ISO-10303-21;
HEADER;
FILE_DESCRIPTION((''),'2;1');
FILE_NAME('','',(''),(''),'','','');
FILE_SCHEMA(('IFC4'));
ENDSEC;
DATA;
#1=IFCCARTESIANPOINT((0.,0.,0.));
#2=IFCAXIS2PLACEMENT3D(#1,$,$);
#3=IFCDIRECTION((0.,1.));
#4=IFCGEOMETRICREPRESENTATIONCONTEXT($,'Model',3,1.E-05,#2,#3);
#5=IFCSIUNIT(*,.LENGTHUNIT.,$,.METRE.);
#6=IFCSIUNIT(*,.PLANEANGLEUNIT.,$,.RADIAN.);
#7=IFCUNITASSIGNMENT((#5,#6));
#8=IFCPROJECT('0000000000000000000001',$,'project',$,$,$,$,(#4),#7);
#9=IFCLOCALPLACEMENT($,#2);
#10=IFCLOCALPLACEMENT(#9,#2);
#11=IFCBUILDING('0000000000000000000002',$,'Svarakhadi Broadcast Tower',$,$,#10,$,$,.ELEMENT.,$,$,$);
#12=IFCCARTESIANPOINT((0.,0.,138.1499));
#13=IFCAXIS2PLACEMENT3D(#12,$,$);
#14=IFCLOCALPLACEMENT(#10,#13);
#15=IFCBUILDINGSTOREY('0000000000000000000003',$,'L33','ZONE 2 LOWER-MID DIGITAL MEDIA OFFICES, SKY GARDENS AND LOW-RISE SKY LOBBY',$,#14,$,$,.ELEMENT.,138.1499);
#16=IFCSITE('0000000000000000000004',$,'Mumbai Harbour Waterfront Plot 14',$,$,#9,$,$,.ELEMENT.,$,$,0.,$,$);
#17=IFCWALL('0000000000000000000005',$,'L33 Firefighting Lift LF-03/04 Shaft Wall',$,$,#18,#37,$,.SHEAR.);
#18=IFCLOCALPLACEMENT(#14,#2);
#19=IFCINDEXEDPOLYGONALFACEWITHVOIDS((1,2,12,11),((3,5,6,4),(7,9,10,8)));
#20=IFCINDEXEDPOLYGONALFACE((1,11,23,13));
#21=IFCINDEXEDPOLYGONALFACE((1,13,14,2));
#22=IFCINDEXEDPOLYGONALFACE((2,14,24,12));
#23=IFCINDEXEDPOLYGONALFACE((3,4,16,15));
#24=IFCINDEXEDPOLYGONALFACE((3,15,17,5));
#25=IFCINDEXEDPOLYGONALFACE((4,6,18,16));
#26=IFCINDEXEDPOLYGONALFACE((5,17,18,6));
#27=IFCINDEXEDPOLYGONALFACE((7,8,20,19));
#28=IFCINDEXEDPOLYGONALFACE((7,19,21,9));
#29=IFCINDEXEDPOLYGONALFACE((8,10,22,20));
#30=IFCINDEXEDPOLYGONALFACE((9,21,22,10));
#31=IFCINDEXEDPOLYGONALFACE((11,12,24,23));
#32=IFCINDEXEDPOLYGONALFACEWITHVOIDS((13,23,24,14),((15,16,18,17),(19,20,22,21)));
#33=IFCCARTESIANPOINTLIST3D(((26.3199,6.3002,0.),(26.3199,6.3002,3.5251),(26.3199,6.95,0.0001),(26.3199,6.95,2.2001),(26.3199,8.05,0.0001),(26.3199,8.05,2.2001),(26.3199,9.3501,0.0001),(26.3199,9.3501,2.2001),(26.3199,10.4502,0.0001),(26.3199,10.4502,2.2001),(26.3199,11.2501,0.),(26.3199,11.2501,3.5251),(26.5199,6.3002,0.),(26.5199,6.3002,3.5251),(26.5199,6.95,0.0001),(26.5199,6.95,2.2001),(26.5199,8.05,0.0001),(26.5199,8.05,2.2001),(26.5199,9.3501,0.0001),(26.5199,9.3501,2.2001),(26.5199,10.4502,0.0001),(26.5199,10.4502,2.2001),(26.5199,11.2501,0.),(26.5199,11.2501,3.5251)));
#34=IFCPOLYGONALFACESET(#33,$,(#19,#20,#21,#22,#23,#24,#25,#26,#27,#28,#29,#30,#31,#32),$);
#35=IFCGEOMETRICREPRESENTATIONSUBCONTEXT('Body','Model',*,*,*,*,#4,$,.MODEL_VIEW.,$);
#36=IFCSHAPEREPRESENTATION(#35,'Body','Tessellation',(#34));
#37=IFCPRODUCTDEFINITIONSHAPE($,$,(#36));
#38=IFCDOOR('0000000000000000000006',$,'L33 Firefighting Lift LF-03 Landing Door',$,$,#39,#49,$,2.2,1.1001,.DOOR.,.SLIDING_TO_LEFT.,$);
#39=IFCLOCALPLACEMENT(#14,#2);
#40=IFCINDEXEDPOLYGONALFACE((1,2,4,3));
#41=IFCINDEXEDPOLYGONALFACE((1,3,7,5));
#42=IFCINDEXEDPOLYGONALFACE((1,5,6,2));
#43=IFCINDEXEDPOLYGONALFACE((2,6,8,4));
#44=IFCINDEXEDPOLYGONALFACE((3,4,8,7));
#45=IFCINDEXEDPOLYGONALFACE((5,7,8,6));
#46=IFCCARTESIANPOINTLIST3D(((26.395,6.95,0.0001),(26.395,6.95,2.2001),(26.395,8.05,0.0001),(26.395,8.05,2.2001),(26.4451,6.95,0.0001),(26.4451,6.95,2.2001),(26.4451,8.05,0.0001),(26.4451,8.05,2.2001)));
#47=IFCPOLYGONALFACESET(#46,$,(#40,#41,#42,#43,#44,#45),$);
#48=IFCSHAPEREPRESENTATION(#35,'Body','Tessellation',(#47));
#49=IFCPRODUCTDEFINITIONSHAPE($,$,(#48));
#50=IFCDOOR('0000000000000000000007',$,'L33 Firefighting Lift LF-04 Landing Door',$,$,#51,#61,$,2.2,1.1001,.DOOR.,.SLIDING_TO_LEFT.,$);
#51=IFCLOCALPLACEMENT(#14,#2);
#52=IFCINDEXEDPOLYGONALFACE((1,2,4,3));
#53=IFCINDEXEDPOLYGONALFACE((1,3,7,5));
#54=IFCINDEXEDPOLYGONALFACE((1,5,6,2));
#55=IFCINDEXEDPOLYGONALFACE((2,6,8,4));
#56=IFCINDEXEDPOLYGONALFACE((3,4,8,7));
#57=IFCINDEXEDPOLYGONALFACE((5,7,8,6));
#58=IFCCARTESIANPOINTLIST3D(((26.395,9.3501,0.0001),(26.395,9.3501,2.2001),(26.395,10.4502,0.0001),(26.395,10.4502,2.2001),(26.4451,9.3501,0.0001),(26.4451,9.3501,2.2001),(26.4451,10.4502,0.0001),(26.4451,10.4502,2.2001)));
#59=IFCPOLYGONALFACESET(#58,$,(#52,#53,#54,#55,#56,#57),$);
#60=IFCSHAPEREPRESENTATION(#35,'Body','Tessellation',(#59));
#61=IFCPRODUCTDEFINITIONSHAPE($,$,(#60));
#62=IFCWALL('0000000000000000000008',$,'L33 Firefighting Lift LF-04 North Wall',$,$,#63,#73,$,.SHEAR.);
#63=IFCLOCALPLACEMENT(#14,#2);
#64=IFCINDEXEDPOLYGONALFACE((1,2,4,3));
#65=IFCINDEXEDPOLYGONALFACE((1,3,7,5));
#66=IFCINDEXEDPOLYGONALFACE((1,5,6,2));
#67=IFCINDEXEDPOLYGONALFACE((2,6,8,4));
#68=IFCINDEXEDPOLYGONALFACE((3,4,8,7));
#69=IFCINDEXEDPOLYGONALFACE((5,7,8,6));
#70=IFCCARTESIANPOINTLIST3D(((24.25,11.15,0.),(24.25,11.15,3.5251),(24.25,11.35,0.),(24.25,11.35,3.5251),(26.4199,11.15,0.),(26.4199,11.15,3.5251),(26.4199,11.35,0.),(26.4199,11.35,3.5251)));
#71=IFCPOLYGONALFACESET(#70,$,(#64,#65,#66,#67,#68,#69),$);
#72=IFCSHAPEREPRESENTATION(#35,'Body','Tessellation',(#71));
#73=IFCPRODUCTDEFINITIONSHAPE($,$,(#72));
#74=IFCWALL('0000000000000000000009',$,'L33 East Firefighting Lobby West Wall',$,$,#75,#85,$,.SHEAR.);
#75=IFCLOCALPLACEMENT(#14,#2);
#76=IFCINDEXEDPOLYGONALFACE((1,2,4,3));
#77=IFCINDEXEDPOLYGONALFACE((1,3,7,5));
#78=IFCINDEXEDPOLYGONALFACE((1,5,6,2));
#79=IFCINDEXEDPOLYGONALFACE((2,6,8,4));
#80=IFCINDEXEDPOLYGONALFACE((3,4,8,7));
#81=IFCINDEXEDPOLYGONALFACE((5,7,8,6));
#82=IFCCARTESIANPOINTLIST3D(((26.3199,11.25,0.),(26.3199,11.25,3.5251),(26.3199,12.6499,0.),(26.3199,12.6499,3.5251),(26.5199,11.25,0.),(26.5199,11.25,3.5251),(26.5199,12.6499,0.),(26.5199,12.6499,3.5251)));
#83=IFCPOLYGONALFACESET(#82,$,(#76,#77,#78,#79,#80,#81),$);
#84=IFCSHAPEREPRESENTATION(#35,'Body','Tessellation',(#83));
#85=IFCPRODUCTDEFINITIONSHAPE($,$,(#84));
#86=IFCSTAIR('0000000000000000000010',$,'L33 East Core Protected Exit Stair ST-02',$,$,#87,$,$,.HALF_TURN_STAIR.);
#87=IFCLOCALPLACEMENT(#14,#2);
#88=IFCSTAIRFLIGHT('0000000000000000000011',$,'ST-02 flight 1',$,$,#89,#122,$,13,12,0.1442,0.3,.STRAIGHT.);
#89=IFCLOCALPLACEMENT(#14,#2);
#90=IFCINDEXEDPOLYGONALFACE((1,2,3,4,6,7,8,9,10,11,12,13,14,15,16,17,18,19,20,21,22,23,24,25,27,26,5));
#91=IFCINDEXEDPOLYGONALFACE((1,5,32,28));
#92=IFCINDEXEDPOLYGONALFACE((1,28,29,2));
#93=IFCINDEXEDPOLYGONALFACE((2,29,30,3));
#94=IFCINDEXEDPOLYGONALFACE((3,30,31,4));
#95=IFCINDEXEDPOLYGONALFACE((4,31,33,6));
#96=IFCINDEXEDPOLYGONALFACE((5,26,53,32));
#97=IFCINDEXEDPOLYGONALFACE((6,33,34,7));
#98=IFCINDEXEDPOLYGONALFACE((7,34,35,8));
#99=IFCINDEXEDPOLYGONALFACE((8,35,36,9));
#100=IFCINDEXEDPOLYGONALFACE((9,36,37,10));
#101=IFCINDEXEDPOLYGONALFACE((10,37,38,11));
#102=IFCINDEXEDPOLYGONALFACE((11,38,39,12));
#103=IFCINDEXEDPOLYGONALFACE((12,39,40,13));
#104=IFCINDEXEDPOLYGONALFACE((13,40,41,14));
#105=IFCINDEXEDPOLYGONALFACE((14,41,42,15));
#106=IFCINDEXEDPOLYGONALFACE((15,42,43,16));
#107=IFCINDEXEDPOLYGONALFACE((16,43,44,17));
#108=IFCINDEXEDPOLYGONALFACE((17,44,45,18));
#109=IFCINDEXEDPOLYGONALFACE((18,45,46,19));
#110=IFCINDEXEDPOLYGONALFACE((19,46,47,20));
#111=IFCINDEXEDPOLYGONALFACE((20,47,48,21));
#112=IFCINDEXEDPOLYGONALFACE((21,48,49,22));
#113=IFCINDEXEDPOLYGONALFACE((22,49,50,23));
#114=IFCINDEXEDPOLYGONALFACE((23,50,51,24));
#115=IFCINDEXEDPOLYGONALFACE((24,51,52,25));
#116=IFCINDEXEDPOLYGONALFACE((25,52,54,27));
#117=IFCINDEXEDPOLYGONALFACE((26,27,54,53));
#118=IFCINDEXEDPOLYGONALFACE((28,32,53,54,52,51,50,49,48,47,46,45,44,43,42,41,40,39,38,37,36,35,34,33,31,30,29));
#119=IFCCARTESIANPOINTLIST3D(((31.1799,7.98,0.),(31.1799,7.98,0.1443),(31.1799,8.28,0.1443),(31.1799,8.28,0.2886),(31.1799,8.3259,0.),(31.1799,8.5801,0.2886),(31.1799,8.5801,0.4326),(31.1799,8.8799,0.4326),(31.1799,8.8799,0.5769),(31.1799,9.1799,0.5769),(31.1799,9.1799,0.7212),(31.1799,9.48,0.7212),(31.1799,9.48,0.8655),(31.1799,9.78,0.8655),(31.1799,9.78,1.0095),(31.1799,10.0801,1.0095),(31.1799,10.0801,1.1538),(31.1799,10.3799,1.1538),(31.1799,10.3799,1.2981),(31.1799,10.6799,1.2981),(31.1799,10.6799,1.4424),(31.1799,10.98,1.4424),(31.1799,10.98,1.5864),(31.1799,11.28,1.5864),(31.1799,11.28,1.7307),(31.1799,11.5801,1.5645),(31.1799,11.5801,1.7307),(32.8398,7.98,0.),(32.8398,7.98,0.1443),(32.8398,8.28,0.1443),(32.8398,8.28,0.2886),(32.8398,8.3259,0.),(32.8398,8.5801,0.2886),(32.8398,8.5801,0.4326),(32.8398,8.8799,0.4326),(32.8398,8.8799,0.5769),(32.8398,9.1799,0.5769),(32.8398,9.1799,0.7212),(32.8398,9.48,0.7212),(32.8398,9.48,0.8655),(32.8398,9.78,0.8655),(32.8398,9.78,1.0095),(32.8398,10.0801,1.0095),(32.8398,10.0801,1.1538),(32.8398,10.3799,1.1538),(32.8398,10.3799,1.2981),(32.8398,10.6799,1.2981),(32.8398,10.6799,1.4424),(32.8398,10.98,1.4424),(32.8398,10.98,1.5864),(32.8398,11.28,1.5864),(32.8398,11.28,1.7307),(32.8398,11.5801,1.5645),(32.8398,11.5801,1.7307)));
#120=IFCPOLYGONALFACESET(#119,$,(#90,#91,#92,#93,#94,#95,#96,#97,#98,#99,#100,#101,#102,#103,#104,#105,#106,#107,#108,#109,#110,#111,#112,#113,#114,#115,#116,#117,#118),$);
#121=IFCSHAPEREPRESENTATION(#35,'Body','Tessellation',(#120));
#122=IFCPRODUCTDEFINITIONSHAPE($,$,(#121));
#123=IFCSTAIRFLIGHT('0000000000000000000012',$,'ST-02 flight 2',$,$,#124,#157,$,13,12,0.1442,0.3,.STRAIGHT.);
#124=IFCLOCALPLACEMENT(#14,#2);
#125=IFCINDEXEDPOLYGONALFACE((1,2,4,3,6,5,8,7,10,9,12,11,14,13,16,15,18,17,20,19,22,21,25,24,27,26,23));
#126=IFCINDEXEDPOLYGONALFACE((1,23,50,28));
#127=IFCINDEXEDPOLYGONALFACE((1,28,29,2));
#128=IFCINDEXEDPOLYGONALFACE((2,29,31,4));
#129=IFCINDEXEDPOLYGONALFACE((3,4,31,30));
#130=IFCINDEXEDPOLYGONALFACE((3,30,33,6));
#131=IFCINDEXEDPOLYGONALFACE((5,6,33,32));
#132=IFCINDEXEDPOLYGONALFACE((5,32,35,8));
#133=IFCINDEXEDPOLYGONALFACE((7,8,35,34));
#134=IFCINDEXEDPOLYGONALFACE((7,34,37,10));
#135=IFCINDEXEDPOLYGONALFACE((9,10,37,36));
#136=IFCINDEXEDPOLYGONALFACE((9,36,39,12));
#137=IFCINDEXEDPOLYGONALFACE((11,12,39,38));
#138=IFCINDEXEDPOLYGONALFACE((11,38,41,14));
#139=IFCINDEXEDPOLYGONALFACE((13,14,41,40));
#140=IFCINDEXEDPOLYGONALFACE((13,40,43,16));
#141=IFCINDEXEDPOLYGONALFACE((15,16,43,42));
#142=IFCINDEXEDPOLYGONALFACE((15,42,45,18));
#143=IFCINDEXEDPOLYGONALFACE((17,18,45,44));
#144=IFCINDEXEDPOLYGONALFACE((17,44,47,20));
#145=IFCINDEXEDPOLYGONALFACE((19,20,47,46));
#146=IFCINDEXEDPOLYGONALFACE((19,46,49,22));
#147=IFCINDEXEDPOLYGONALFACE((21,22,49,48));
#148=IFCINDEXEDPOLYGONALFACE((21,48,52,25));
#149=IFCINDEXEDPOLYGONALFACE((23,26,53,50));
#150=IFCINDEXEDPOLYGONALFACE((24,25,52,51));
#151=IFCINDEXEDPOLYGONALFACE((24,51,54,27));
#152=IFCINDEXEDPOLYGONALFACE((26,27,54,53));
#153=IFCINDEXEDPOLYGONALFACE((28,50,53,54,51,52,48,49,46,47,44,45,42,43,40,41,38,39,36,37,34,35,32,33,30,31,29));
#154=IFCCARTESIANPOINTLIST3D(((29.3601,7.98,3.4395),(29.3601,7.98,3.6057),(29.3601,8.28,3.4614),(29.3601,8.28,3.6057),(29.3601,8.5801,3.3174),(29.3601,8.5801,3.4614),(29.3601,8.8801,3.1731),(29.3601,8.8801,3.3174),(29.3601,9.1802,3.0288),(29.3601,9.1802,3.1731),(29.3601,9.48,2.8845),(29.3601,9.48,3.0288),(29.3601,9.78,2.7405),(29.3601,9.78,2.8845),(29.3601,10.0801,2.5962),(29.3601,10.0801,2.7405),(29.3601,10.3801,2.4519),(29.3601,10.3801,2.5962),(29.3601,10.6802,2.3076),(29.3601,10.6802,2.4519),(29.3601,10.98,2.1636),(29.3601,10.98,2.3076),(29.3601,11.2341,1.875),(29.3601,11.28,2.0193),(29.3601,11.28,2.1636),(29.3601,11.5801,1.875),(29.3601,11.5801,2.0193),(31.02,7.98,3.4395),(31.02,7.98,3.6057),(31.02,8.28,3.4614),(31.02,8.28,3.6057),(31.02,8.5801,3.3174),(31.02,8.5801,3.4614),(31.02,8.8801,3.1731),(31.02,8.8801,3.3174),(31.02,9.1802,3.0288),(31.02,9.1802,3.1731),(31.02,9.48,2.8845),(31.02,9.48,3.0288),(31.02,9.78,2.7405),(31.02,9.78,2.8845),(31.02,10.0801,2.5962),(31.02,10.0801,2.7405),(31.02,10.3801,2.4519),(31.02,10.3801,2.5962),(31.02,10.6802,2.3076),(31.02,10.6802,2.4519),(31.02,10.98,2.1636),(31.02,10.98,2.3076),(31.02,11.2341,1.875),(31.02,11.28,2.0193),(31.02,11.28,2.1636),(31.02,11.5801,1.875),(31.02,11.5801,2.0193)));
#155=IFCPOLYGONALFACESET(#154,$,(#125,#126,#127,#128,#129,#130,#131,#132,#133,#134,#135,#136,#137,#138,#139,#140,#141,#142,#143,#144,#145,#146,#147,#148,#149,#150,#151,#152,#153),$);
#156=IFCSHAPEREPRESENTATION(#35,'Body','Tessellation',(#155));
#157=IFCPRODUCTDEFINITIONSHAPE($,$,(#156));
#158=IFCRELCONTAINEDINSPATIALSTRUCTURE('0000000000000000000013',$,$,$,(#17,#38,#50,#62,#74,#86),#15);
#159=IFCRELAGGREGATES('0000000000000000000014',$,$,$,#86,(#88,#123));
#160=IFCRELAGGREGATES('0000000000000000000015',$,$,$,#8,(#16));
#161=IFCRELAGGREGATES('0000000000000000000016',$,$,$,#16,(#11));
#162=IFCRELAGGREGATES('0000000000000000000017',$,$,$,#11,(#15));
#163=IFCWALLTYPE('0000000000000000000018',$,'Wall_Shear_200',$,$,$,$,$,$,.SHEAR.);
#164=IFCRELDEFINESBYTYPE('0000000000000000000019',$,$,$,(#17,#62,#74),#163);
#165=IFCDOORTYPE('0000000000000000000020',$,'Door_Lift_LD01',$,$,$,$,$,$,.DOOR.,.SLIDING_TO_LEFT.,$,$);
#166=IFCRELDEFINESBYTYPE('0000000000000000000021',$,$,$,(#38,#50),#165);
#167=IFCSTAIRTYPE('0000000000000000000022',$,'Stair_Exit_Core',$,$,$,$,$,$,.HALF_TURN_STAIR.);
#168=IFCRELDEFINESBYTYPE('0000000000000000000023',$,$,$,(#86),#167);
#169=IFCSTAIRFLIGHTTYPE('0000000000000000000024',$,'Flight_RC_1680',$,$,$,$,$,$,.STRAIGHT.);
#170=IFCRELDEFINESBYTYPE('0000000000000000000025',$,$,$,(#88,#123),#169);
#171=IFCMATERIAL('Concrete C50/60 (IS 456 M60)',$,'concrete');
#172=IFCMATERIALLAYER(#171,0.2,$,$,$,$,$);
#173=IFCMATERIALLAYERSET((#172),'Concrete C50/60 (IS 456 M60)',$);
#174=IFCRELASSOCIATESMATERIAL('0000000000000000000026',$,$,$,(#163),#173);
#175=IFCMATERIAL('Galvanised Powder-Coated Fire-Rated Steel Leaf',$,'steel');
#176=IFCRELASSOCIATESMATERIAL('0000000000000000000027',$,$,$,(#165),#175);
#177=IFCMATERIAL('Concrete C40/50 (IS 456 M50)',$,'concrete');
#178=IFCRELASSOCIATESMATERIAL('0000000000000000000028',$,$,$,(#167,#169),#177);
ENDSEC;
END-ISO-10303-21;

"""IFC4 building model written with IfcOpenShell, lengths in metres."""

from ifc_helpers import new_model, si_unit, direction, frame, frame_2d, origin, place, context, subcontext, project, spatial, polyline, rectangle, outline, extrude, material, layer, layer_set, type_object, element, fill, aggregate, save


model = new_model("IFC4")

# Units and contexts
model_context = context("Model", 3, precision=1e-05, world=origin(), true_north=direction((0.0, 1.0)))
body_context = subcontext(model_context, "Body", "Model", "MODEL_VIEW")
ifc_project = project(units=[si_unit("LENGTHUNIT", "METRE"), si_unit("PLANEANGLEUNIT", "RADIAN")], contexts=[model_context])

# Site, building, storey
site_placement = place(None, origin())
site = spatial("IfcSite", under=ifc_project, at=site_placement, Name="Mumbai Harbour Waterfront Plot 14", CompositionType="ELEMENT", RefElevation=0.0)
building_placement = place(site_placement, origin())
building = spatial("IfcBuilding", under=site, at=building_placement, Name="Svarakhadi Broadcast Tower", CompositionType="ELEMENT")
storey_placement = place(building_placement, frame((0.0, 0.0, 138.1499)))
storey = spatial("IfcBuildingStorey", under=building, at=storey_placement, Name="L33", Description="ZONE 2 LOWER-MID DIGITAL MEDIA OFFICES, SKY GARDENS AND LOW-RISE SKY LOBBY", CompositionType="ELEMENT", Elevation=138.1499)

# Shared definitions
ifc_material_1 = material(Name="Concrete C50/60 (IS 456 M60)", Category="concrete")

# Shared definitions
ifc_material_2 = material(Name="Concrete C40/50 (IS 456 M50)", Category="concrete")

# Shared definitions
ifc_layer_1 = layer(ifc_material_1, 0.2)
ifc_layer_set_1 = layer_set([ifc_layer_1], Name="Concrete C50/60 (IS 456 M60)")
wall_type_1 = type_object("IfcWallType", Name="Wall_Shear_200", PredefinedType="SHEAR", material=ifc_layer_set_1)
ifc_material_3 = material(Name="Galvanised Powder-Coated Fire-Rated Steel Leaf", Category="steel")

# Wall, openings, doors
wall_1_placement = place(storey_placement, frame((26.4199, 6.3, 0.0), z_axis=(0.0, 0.0, 1.0), x_axis=(0.0, 1.0, 0.0)))
wall_1 = element("IfcWall", 1, at=wall_1_placement, inside=storey, type_object=wall_type_1, Name="L33 Firefighting Lift LF-03/04 Shaft Wall", PredefinedType="SHEAR", context=body_context, shape_type="SweptSolid", body=[
    extrude(rectangle(XDim=4.95, YDim=0.2, at=frame_2d((2.4751, 0.0))), origin(), (0.0, 0.0, 1.0), 3.5251),
])
opening_1_placement = place(wall_1_placement, frame((0.6499, 0.0, 0.0)))
opening_1 = element("IfcOpeningElement", 2, at=opening_1_placement, cuts=wall_1, PredefinedType="OPENING", context=body_context, shape_type="SweptSolid", body=[
    extrude(rectangle(XDim=1.1001, YDim=2.2, at=frame_2d((0.55, 1.1001))), frame((0.0, 0.1099, 0.0), z_axis=(0.0, -1.0, 0.0), x_axis=(1.0, 0.0, 0.0)), (0.0, 0.0, 1.0), 0.22),
])
opening_2_placement = place(wall_1_placement, frame((3.05, 0.0, 0.0)))
opening_2 = element("IfcOpeningElement", 3, at=opening_2_placement, cuts=wall_1, PredefinedType="OPENING", context=body_context, shape_type="SweptSolid", body=[
    extrude(rectangle(XDim=1.1001, YDim=2.2, at=frame_2d((0.55, 1.1001))), frame((0.0, 0.1099, 0.0), z_axis=(0.0, -1.0, 0.0), x_axis=(1.0, 0.0, 0.0)), (0.0, 0.0, 1.0), 0.22),
])
door_type_1 = type_object("IfcDoorType", Name="Door_Lift_LD01", OperationType="SLIDING_TO_LEFT", PredefinedType="DOOR", material=ifc_material_3)
door_1_placement = place(opening_1_placement, origin())
door_1 = element("IfcDoor", 4, at=door_1_placement, inside=storey, type_object=door_type_1, Name="L33 Firefighting Lift LF-03 Landing Door", OperationType="SLIDING_TO_LEFT", OverallHeight=2.2, OverallWidth=1.1001, PredefinedType="DOOR", context=body_context, shape_type="SweptSolid", body=[
    extrude(rectangle(XDim=1.1001, YDim=2.2, at=frame_2d((0.55, 1.1001))), frame((0.0, 0.0249, 0.0), z_axis=(0.0, -1.0, 0.0), x_axis=(1.0, 0.0, 0.0)), (0.0, 0.0, 1.0), 0.05),
])
fill(opening_1, door_1)
door_2_placement = place(opening_2_placement, origin())
door_2 = element("IfcDoor", 5, at=door_2_placement, inside=storey, type_object=door_type_1, Name="L33 Firefighting Lift LF-04 Landing Door", OperationType="SLIDING_TO_LEFT", OverallHeight=2.2, OverallWidth=1.1001, PredefinedType="DOOR", context=body_context, shape_type="SweptSolid", body=[
    extrude(rectangle(XDim=1.1001, YDim=2.2, at=frame_2d((0.55, 1.1001))), frame((0.0, 0.0249, 0.0), z_axis=(0.0, -1.0, 0.0), x_axis=(1.0, 0.0, 0.0)), (0.0, 0.0, 1.0), 0.05),
])
fill(opening_2, door_2)

# Walls
wall_2_placement = place(storey_placement, frame((24.25, 11.25, 0.0), z_axis=(0.0, 0.0, 1.0), x_axis=(1.0, 0.0, 0.0)))
element("IfcWall", 6, at=wall_2_placement, inside=storey, type_object=wall_type_1, Name="L33 Firefighting Lift LF-04 North Wall", PredefinedType="SHEAR", context=body_context, shape_type="SweptSolid", body=[
    extrude(rectangle(XDim=2.1699, YDim=0.2, at=frame_2d((1.085, 0.0))), origin(), (0.0, 0.0, 1.0), 3.5251),
])
wall_3_placement = place(storey_placement, frame((26.4199, 11.25, 0.0), z_axis=(0.0, 0.0, 1.0), x_axis=(0.0, 1.0, 0.0)))
element("IfcWall", 7, at=wall_3_placement, inside=storey, type_object=wall_type_1, Name="L33 East Firefighting Lobby West Wall", PredefinedType="SHEAR", context=body_context, shape_type="SweptSolid", body=[
    extrude(rectangle(XDim=1.3999, YDim=0.2, at=frame_2d((0.7, 0.0))), origin(), (0.0, 0.0, 1.0), 3.5251),
])

# Stair, stair flights
stair_type = type_object("IfcStairType", Name="Stair_Exit_Core", PredefinedType="HALF_TURN_STAIR", material=ifc_material_2)
stair_placement = place(storey_placement, origin())
stair = element("IfcStair", 8, at=stair_placement, inside=storey, type_object=stair_type, Name="L33 East Core Protected Exit Stair ST-02", PredefinedType="HALF_TURN_STAIR")
stair_flight_type = type_object("IfcStairFlightType", Name="Flight_RC_1680", PredefinedType="STRAIGHT", material=ifc_material_2)
stair_flight_1_placement = place(storey_placement, frame((32.01, 7.98, 0.0), z_axis=(0.0, 0.0, 1.0), x_axis=(0.0, 1.0, 0.0)))
stair_flight_1 = element("IfcStairFlight", 9, at=stair_flight_1_placement, type_object=stair_flight_type, Name="ST-02 flight 1", NumberOfRisers=13, NumberOfTreads=12, PredefinedType="STRAIGHT", RiserHeight=0.1442, TreadLength=0.3, context=body_context, shape_type="SweptSolid", body=[
    extrude(outline(polyline([(0.0, 0.0), (0.0, 0.1443), (0.3, 0.1443), (0.3, 0.2886), (0.6001, 0.2886), (0.6001, 0.4326), (0.8999, 0.4326), (0.8999, 0.5769), (1.2, 0.5769), (1.2, 0.7212), (1.5, 0.7212), (1.5, 0.8655), (1.8, 0.8655), (1.8, 1.0095), (2.1001, 1.0095), (2.1001, 1.1538), (2.3999, 1.1538), (2.3999, 1.2981), (2.7, 1.2981), (2.7, 1.4424), (3.0, 1.4424), (3.0, 1.5864), (3.3, 1.5864), (3.3, 1.7307), (3.6001, 1.7307), (3.6001, 1.875), (3.6001, 1.5645), (0.3459, 0.0), (0.0, 0.0)])), frame((0.0, 0.8301, 0.0), z_axis=(0.0, -1.0, 0.0), x_axis=(1.0, 0.0, 0.0)), (0.0, 0.0, 1.0), 1.6599),
])
stair_flight_2_placement = place(storey_placement, frame((30.1899, 11.5801, 1.875), z_axis=(0.0, 0.0, 1.0), x_axis=(0.0, -1.0, 0.0)))
stair_flight_2 = element("IfcStairFlight", 10, at=stair_flight_2_placement, type_object=stair_flight_type, Name="ST-02 flight 2", NumberOfRisers=13, NumberOfTreads=12, PredefinedType="STRAIGHT", RiserHeight=0.1442, TreadLength=0.3, context=body_context, shape_type="SweptSolid", body=[
    extrude(outline(polyline([(0.0, 0.0), (0.0, 0.1443), (0.3, 0.1443), (0.3, 0.2886), (0.6001, 0.2886), (0.6001, 0.4326), (0.8999, 0.4326), (0.8999, 0.5769), (1.2, 0.5769), (1.2, 0.7212), (1.5, 0.7212), (1.5, 0.8655), (1.8, 0.8655), (1.8, 1.0095), (2.1001, 1.0095), (2.1001, 1.1538), (2.3999, 1.1538), (2.3999, 1.2981), (2.7, 1.2981), (2.7, 1.4424), (3.0, 1.4424), (3.0, 1.5864), (3.3, 1.5864), (3.3, 1.7307), (3.6001, 1.7307), (3.6001, 1.875), (3.6001, 1.5645), (0.3459, 0.0), (0.0, 0.0)])), frame((0.0, 0.8301, 0.0), z_axis=(0.0, -1.0, 0.0), x_axis=(1.0, 0.0, 0.0)), (0.0, 0.0, 1.0), 1.6599),
])
aggregate(stair, [stair_flight_1, stair_flight_2])

save(model, "model.ifc")
